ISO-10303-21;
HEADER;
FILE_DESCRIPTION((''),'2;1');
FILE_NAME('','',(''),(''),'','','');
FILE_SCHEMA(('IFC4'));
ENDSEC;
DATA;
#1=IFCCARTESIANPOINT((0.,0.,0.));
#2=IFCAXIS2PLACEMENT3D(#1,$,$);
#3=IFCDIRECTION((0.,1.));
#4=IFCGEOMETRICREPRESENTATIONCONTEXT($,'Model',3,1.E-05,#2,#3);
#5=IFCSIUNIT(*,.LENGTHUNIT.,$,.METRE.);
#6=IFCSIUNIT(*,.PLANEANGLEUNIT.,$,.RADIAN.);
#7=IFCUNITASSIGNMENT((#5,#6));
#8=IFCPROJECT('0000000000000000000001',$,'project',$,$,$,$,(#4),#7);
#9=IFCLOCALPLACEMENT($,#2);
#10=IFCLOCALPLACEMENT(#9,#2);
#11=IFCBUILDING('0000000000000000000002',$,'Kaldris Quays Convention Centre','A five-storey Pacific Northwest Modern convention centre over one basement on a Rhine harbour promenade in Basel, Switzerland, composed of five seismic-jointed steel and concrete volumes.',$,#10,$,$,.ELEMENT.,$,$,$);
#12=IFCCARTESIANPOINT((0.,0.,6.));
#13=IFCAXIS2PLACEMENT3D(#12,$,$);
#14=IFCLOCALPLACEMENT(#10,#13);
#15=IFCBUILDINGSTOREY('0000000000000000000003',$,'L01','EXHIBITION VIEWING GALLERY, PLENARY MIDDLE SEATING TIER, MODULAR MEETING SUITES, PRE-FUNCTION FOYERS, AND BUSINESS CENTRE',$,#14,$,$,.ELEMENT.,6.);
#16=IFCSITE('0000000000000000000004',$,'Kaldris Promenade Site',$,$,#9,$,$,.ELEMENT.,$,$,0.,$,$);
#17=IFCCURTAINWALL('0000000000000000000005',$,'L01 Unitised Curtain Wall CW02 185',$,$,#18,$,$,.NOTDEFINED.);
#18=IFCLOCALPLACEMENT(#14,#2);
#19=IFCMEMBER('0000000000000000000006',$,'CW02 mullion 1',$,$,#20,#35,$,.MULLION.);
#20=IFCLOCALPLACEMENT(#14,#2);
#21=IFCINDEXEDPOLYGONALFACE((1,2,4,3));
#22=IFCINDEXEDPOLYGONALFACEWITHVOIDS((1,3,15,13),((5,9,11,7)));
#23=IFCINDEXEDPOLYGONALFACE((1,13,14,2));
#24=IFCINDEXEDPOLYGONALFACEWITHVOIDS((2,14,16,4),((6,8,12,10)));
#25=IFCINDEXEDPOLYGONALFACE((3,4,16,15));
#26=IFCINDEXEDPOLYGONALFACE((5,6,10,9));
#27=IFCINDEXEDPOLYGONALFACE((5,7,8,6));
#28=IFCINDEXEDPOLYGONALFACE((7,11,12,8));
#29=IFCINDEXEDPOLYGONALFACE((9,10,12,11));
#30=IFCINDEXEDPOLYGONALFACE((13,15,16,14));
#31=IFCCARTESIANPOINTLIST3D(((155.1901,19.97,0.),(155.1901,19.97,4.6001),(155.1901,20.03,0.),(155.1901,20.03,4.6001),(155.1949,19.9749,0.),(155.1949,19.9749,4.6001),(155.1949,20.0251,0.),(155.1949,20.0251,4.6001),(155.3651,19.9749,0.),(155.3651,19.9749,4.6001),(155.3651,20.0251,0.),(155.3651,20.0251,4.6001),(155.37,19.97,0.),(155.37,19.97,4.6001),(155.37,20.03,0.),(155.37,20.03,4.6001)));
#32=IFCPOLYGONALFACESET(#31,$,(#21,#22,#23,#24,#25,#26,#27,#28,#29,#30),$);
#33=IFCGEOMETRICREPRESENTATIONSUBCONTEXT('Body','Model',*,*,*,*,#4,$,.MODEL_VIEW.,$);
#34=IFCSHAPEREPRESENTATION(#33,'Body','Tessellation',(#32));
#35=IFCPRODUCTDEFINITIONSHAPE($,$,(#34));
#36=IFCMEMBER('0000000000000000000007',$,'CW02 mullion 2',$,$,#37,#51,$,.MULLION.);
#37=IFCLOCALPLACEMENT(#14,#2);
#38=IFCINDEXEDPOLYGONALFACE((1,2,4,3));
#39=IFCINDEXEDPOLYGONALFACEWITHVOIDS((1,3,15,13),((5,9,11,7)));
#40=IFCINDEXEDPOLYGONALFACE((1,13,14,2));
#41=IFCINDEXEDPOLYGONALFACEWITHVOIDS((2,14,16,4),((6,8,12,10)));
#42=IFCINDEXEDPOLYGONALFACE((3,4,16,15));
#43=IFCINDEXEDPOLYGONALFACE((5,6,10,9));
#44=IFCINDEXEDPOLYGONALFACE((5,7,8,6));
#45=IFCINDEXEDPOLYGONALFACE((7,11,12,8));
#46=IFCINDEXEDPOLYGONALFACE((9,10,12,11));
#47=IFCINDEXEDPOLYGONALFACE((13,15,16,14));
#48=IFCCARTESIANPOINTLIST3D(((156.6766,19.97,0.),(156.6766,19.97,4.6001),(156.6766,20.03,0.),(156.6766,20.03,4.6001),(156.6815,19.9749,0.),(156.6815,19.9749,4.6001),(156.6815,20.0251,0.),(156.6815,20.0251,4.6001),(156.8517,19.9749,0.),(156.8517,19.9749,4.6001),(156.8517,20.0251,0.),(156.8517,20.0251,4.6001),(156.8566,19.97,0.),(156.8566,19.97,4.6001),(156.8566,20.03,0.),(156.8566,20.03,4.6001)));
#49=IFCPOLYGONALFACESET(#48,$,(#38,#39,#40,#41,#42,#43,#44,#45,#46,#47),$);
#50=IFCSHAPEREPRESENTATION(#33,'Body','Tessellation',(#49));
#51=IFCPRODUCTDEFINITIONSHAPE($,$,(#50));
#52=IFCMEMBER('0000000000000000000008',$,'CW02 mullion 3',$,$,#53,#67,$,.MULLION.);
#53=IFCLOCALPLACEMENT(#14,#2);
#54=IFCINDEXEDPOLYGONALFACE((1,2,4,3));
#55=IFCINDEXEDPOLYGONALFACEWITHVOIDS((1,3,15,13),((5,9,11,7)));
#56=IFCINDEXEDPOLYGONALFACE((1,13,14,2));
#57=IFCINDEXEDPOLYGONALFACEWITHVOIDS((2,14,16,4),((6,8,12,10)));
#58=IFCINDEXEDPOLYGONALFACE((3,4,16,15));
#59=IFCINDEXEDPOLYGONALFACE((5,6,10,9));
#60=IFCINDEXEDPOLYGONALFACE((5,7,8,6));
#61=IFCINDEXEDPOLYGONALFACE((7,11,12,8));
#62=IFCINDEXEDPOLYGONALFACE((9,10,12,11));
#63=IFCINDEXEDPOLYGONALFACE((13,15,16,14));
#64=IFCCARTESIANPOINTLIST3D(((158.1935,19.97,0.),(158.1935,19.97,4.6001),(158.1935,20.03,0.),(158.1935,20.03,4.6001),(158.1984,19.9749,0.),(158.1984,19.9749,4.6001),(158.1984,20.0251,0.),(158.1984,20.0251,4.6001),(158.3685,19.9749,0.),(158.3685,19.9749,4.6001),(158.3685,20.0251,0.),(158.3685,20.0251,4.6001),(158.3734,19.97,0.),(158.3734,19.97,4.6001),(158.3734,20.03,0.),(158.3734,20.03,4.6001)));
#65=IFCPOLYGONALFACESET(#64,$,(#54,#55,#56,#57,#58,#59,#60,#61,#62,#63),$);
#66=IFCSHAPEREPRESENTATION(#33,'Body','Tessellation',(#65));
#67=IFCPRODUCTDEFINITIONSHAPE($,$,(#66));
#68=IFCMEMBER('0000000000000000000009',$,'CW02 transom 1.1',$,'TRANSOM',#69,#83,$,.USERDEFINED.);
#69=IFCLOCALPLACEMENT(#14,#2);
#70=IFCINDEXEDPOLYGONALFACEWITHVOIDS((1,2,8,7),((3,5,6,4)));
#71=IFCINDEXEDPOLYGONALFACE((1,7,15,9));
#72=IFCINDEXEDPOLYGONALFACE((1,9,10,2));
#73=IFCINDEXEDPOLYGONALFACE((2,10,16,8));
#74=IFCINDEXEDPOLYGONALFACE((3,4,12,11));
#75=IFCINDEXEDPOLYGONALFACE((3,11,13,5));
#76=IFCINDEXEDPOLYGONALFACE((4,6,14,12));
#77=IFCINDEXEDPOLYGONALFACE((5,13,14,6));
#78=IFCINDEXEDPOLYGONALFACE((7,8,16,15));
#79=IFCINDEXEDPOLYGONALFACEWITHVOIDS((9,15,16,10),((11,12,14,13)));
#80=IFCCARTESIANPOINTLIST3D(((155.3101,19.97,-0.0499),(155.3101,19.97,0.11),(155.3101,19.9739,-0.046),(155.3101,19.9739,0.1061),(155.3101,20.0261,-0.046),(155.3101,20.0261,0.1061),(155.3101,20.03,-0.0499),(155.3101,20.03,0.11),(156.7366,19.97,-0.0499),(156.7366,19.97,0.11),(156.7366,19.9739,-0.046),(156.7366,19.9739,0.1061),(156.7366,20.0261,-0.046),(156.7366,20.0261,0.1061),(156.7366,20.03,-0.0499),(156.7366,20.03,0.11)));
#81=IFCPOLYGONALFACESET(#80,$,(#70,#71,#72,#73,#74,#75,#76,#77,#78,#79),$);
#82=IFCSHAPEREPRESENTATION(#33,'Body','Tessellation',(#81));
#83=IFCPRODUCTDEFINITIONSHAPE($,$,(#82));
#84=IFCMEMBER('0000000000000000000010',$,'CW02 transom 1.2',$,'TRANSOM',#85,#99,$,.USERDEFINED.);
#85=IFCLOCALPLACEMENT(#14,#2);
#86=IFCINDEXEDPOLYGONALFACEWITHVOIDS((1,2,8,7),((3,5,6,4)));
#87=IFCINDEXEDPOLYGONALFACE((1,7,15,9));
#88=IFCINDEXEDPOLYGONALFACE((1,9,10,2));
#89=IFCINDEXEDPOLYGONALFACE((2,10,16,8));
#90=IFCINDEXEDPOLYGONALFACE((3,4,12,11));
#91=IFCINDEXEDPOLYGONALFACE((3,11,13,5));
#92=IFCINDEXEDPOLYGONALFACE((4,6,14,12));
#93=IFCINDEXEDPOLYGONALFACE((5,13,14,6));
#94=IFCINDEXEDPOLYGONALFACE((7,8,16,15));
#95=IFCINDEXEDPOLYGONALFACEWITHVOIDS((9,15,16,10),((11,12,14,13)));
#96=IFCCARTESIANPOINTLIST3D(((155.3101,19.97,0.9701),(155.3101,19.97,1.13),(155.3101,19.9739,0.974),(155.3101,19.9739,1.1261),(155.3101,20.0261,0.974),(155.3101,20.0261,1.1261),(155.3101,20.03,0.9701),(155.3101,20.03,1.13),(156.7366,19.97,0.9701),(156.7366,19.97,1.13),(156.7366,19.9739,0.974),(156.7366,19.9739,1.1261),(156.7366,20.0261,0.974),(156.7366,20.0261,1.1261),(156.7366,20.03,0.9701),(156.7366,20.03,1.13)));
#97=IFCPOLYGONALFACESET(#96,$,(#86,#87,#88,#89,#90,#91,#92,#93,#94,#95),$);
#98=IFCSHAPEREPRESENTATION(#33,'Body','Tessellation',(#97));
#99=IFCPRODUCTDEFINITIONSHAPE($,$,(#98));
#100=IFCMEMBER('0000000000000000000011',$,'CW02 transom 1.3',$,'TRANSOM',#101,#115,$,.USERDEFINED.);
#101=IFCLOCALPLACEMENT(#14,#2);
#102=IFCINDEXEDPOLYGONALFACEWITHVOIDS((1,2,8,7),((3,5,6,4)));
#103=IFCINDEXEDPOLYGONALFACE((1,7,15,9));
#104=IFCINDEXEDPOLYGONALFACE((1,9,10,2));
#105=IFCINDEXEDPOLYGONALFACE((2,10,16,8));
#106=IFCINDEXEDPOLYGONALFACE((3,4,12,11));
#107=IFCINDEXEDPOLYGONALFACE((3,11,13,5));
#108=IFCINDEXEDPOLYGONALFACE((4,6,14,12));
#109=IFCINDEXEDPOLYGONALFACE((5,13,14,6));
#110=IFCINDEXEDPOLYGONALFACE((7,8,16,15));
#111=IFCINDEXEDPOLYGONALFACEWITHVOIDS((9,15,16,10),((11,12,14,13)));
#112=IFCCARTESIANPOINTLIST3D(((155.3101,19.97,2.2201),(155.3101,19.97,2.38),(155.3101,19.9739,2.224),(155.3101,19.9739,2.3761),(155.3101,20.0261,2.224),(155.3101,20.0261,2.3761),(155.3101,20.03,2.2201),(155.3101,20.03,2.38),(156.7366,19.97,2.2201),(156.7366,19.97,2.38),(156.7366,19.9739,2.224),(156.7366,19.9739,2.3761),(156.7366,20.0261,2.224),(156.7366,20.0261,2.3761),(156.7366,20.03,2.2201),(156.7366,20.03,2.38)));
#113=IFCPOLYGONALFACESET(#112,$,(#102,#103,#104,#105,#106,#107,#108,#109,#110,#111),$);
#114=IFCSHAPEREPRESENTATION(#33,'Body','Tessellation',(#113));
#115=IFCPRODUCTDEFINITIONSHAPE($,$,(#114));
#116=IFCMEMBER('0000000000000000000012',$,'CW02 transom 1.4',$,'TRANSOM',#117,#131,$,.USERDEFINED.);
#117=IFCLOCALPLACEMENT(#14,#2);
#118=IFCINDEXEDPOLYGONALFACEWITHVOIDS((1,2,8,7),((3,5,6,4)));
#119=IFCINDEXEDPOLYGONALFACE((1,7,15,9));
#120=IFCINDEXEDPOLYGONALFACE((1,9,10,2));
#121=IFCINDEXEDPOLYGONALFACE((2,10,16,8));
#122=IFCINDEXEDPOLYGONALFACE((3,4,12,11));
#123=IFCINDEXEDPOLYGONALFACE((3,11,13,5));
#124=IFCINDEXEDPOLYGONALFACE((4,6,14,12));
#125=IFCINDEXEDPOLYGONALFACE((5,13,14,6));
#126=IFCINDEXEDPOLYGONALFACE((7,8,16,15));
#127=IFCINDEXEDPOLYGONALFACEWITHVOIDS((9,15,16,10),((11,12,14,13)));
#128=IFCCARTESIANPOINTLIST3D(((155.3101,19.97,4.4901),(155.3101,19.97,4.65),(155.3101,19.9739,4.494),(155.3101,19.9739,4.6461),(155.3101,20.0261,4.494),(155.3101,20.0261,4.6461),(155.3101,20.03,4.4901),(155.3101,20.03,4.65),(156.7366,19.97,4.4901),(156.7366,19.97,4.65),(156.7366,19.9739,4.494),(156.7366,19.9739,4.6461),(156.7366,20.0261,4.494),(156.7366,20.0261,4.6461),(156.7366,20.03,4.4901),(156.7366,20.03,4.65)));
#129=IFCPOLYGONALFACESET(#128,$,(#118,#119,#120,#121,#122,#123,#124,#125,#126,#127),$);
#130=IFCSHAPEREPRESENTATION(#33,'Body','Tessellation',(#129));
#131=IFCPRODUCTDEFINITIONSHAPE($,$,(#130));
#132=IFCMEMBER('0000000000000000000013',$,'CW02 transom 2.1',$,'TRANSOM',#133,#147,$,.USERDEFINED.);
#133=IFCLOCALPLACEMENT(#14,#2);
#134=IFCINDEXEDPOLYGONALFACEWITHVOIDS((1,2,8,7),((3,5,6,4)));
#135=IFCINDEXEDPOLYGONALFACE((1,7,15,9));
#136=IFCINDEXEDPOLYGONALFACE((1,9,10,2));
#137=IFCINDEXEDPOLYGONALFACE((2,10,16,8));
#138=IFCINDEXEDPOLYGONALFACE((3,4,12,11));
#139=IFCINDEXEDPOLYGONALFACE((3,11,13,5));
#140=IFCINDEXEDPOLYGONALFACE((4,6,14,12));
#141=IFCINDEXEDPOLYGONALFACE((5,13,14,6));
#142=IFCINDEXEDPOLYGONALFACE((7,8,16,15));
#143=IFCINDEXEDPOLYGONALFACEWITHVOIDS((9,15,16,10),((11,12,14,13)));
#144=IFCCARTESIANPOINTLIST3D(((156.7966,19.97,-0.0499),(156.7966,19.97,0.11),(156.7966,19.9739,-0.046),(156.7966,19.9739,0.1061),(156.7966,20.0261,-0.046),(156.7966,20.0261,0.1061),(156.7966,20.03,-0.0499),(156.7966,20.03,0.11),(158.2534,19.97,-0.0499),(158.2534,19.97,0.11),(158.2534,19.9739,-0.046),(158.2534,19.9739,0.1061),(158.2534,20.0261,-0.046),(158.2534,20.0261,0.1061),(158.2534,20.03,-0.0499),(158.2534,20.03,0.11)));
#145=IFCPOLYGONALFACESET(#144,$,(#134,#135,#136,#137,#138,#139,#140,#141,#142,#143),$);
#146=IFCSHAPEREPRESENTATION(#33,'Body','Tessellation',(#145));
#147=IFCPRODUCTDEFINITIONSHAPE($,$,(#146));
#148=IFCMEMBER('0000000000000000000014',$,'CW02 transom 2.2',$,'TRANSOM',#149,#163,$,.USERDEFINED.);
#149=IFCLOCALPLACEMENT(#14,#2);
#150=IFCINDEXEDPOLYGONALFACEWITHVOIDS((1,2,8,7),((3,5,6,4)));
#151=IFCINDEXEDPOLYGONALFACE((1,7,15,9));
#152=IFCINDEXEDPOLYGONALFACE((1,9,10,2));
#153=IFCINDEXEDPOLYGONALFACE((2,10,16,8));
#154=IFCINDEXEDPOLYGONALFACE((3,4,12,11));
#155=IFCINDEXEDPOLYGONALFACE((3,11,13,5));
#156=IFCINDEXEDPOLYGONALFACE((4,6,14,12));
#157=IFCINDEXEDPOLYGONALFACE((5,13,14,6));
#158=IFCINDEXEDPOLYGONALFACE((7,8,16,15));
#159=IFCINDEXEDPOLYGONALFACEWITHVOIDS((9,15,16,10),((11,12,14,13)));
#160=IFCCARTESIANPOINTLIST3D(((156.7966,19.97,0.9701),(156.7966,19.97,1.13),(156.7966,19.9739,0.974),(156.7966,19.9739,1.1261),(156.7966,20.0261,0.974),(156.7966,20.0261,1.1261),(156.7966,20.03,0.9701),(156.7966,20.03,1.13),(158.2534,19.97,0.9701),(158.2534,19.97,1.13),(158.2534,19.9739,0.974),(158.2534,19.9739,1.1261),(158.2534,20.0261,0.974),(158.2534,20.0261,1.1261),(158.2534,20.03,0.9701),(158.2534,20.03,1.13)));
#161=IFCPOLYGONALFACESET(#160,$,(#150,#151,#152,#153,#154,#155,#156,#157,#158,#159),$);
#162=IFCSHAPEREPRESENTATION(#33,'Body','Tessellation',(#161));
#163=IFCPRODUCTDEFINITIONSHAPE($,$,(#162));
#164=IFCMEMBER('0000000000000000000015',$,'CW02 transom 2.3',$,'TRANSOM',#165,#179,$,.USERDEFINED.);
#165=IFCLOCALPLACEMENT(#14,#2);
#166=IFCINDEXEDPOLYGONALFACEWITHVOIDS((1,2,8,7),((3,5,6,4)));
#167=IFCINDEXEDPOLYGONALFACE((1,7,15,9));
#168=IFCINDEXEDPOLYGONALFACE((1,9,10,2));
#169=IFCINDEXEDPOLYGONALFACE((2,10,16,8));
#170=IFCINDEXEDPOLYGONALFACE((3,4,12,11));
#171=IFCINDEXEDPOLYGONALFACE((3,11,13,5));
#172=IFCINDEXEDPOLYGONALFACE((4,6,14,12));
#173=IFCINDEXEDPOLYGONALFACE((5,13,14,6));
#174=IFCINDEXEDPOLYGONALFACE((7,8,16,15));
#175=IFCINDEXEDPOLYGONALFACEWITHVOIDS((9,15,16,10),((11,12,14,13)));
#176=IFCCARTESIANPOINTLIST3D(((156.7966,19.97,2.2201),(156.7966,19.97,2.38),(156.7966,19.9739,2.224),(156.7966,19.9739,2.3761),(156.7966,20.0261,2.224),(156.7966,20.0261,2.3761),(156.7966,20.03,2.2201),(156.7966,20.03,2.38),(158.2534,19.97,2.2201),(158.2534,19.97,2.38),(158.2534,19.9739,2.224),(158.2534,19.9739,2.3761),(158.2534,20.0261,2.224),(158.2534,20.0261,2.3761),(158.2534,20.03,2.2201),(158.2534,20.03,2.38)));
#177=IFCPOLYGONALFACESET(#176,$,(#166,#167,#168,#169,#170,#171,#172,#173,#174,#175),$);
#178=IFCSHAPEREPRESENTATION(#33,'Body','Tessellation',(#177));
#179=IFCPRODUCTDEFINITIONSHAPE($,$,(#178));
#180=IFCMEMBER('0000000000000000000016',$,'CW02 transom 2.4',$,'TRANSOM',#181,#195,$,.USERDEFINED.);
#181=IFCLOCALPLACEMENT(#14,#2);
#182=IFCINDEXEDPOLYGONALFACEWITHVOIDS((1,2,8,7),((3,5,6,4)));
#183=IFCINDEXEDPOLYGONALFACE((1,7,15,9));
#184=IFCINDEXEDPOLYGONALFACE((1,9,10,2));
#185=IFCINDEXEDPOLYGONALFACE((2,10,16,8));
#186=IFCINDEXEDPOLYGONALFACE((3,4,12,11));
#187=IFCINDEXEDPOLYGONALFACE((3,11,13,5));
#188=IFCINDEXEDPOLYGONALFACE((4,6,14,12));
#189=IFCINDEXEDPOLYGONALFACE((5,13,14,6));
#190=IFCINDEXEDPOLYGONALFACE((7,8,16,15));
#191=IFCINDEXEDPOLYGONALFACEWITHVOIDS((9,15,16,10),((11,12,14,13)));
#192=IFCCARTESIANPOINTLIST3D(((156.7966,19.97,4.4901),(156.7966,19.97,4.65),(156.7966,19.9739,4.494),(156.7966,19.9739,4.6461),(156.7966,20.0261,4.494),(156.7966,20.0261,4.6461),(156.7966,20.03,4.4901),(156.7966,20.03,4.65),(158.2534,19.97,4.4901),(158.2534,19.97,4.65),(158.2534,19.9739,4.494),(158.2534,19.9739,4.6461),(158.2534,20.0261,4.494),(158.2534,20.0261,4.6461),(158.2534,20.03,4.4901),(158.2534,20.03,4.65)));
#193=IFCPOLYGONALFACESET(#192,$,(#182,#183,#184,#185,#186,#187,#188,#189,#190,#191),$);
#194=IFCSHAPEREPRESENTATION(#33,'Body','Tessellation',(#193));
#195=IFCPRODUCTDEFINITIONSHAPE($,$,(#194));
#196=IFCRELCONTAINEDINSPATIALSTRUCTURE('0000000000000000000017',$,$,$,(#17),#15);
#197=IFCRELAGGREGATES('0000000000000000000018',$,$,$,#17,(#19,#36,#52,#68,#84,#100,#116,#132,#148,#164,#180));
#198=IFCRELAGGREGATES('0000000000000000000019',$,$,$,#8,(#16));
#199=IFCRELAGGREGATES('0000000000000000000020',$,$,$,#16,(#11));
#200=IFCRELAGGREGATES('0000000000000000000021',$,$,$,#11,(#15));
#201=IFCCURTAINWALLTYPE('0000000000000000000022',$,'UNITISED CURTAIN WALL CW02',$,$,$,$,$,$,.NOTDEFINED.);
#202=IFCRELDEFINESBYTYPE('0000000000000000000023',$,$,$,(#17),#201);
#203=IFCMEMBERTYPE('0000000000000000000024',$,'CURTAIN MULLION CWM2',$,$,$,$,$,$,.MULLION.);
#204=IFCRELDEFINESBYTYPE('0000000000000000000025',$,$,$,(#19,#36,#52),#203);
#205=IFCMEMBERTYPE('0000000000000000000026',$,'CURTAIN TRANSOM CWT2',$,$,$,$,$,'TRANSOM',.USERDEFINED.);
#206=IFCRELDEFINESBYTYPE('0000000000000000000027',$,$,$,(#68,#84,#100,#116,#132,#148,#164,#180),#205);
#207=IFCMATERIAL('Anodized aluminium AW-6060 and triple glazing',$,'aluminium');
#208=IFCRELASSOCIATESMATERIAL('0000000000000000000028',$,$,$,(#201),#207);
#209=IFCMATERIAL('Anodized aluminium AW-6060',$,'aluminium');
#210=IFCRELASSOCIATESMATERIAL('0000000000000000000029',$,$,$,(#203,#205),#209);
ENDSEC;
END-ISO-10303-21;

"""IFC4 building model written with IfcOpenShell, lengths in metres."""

from ifc_helpers import new_model, si_unit, direction, frame, origin, origin_2d, place, context, subcontext, project, spatial, hollow_rectangle, extrude, material, material_profile, profile_set, type_object, element, aggregate, save


model = new_model("IFC4")

# Units and contexts
model_context = context("Model", 3, precision=1e-05, world=origin(), true_north=direction((0.0, 1.0)))
body_context = subcontext(model_context, "Body", "Model", "MODEL_VIEW")
ifc_project = project(units=[si_unit("LENGTHUNIT", "METRE"), si_unit("PLANEANGLEUNIT", "RADIAN")], contexts=[model_context])

# Site, building, storey
site_placement = place(None, origin())
site = spatial("IfcSite", under=ifc_project, at=site_placement, Name="Kaldris Promenade Site", CompositionType="ELEMENT", RefElevation=0.0)
building_placement = place(site_placement, origin())
building = spatial("IfcBuilding", under=site, at=building_placement, Name="Kaldris Quays Convention Centre", Description="A five-storey Pacific Northwest Modern convention centre over one basement on a Rhine harbour promenade in Basel, Switzerland, composed of five seismic-jointed steel and concrete volumes.", CompositionType="ELEMENT")
storey_placement = place(building_placement, frame((0.0, 0.0, 6.0)))
storey = spatial("IfcBuildingStorey", under=building, at=storey_placement, Name="L01", Description="EXHIBITION VIEWING GALLERY, PLENARY MIDDLE SEATING TIER, MODULAR MEETING SUITES, PRE-FUNCTION FOYERS, AND BUSINESS CENTRE", CompositionType="ELEMENT", Elevation=6.0)

# Curtain wall, members
ifc_material_1 = material(Name="Anodized aluminium AW-6060 and triple glazing", Category="aluminium")
curtain_wall_type = type_object("IfcCurtainWallType", Name="UNITISED CURTAIN WALL CW02", PredefinedType="NOTDEFINED", material=ifc_material_1)
curtain_wall_placement = place(storey_placement, origin())
curtain_wall = element("IfcCurtainWall", 1, at=curtain_wall_placement, inside=storey, type_object=curtain_wall_type, Name="L01 Unitised Curtain Wall CW02 185", PredefinedType="NOTDEFINED")
ifc_material_2 = material(Name="Anodized aluminium AW-6060", Category="aluminium")
ifc_material_profile_1 = material_profile(ifc_material_2, hollow_rectangle(XDim=0.0601, YDim=0.1799, WallThickness=0.0049, at=origin_2d()), Name="RHS 180x60x5")
ifc_profile_set_1 = profile_set([ifc_material_profile_1], Name="Anodized aluminium AW-6060")
member_type_1 = type_object("IfcMemberType", Name="CURTAIN MULLION CWM2", PredefinedType="MULLION", material=ifc_profile_set_1)
member_1_placement = place(storey_placement, frame((155.28, 20.0, 0.0), z_axis=(0.0, 0.0, 1.0), x_axis=(0.0, 1.0, 0.0)))
member_1 = element("IfcMember", 2, at=member_1_placement, type_object=member_type_1, Name="CW02 mullion 1", PredefinedType="MULLION", context=body_context, shape_type="SweptSolid", body=[
    extrude(hollow_rectangle(XDim=0.0601, YDim=0.1799, WallThickness=0.0049, at=origin_2d()), origin(), (0.0, 0.0, 1.0), 4.6001),
])
member_2_placement = place(storey_placement, frame((156.7666, 20.0, 0.0), z_axis=(0.0, 0.0, 1.0), x_axis=(0.0, 1.0, 0.0)))
member_2 = element("IfcMember", 3, at=member_2_placement, type_object=member_type_1, Name="CW02 mullion 2", PredefinedType="MULLION", context=body_context, shape_type="SweptSolid", body=[
    extrude(hollow_rectangle(XDim=0.0601, YDim=0.1799, WallThickness=0.0049, at=origin_2d()), origin(), (0.0, 0.0, 1.0), 4.6001),
])
member_3_placement = place(storey_placement, frame((158.2834, 20.0, 0.0), z_axis=(0.0, 0.0, 1.0), x_axis=(0.0, 1.0, 0.0)))
member_3 = element("IfcMember", 4, at=member_3_placement, type_object=member_type_1, Name="CW02 mullion 3", PredefinedType="MULLION", context=body_context, shape_type="SweptSolid", body=[
    extrude(hollow_rectangle(XDim=0.0601, YDim=0.1799, WallThickness=0.0049, at=origin_2d()), origin(), (0.0, 0.0, 1.0), 4.6001),
])
ifc_material_profile_2 = material_profile(ifc_material_2, hollow_rectangle(XDim=0.0601, YDim=0.1599, WallThickness=0.0039, at=origin_2d()), Name="RHS 160x60x4")
ifc_profile_set_2 = profile_set([ifc_material_profile_2], Name="Anodized aluminium AW-6060")
member_type_2 = type_object("IfcMemberType", Name="CURTAIN TRANSOM CWT2", ElementType="TRANSOM", PredefinedType="USERDEFINED", material=ifc_profile_set_2)
member_4_placement = place(storey_placement, frame((155.3101, 20.0, 0.03), z_axis=(1.0, 0.0, 0.0), x_axis=(0.0, 1.0, 0.0)))
member_4 = element("IfcMember", 5, at=member_4_placement, type_object=member_type_2, Name="CW02 transom 1.1", ObjectType="TRANSOM", PredefinedType="USERDEFINED", context=body_context, shape_type="SweptSolid", body=[
    extrude(hollow_rectangle(XDim=0.0601, YDim=0.1599, WallThickness=0.0039, at=origin_2d()), origin(), (0.0, 0.0, 1.0), 1.4265),
])
member_5_placement = place(storey_placement, frame((155.3101, 20.0, 1.05), z_axis=(1.0, 0.0, 0.0), x_axis=(0.0, 1.0, 0.0)))
member_5 = element("IfcMember", 6, at=member_5_placement, type_object=member_type_2, Name="CW02 transom 1.2", ObjectType="TRANSOM", PredefinedType="USERDEFINED", context=body_context, shape_type="SweptSolid", body=[
    extrude(hollow_rectangle(XDim=0.0601, YDim=0.1599, WallThickness=0.0039, at=origin_2d()), origin(), (0.0, 0.0, 1.0), 1.4265),
])
member_6_placement = place(storey_placement, frame((155.3101, 20.0, 2.3), z_axis=(1.0, 0.0, 0.0), x_axis=(0.0, 1.0, 0.0)))
member_6 = element("IfcMember", 7, at=member_6_placement, type_object=member_type_2, Name="CW02 transom 1.3", ObjectType="TRANSOM", PredefinedType="USERDEFINED", context=body_context, shape_type="SweptSolid", body=[
    extrude(hollow_rectangle(XDim=0.0601, YDim=0.1599, WallThickness=0.0039, at=origin_2d()), origin(), (0.0, 0.0, 1.0), 1.4265),
])
member_7_placement = place(storey_placement, frame((155.3101, 20.0, 4.5701), z_axis=(1.0, 0.0, 0.0), x_axis=(0.0, 1.0, 0.0)))
member_7 = element("IfcMember", 8, at=member_7_placement, type_object=member_type_2, Name="CW02 transom 1.4", ObjectType="TRANSOM", PredefinedType="USERDEFINED", context=body_context, shape_type="SweptSolid", body=[
    extrude(hollow_rectangle(XDim=0.0601, YDim=0.1599, WallThickness=0.0039, at=origin_2d()), origin(), (0.0, 0.0, 1.0), 1.4265),
])
member_8_placement = place(storey_placement, frame((156.7966, 20.0, 0.03), z_axis=(1.0, 0.0, 0.0), x_axis=(0.0, 1.0, 0.0)))
member_8 = element("IfcMember", 9, at=member_8_placement, type_object=member_type_2, Name="CW02 transom 2.1", ObjectType="TRANSOM", PredefinedType="USERDEFINED", context=body_context, shape_type="SweptSolid", body=[
    extrude(hollow_rectangle(XDim=0.0601, YDim=0.1599, WallThickness=0.0039, at=origin_2d()), origin(), (0.0, 0.0, 1.0), 1.4568),
])
member_9_placement = place(storey_placement, frame((156.7966, 20.0, 1.05), z_axis=(1.0, 0.0, 0.0), x_axis=(0.0, 1.0, 0.0)))
member_9 = element("IfcMember", 10, at=member_9_placement, type_object=member_type_2, Name="CW02 transom 2.2", ObjectType="TRANSOM", PredefinedType="USERDEFINED", context=body_context, shape_type="SweptSolid", body=[
    extrude(hollow_rectangle(XDim=0.0601, YDim=0.1599, WallThickness=0.0039, at=origin_2d()), origin(), (0.0, 0.0, 1.0), 1.4568),
])
member_10_placement = place(storey_placement, frame((156.7966, 20.0, 2.3), z_axis=(1.0, 0.0, 0.0), x_axis=(0.0, 1.0, 0.0)))
member_10 = element("IfcMember", 11, at=member_10_placement, type_object=member_type_2, Name="CW02 transom 2.3", ObjectType="TRANSOM", PredefinedType="USERDEFINED", context=body_context, shape_type="SweptSolid", body=[
    extrude(hollow_rectangle(XDim=0.0601, YDim=0.1599, WallThickness=0.0039, at=origin_2d()), origin(), (0.0, 0.0, 1.0), 1.4568),
])
member_11_placement = place(storey_placement, frame((156.7966, 20.0, 4.5701), z_axis=(1.0, 0.0, 0.0), x_axis=(0.0, 1.0, 0.0)))
member_11 = element("IfcMember", 12, at=member_11_placement, type_object=member_type_2, Name="CW02 transom 2.4", ObjectType="TRANSOM", PredefinedType="USERDEFINED", context=body_context, shape_type="SweptSolid", body=[
    extrude(hollow_rectangle(XDim=0.0601, YDim=0.1599, WallThickness=0.0039, at=origin_2d()), origin(), (0.0, 0.0, 1.0), 1.4568),
])

aggregate(curtain_wall, [member_1, member_2, member_3, member_4, member_5, member_6, member_7, member_8, member_9, member_10, member_11])

save(model, "model.ifc")
